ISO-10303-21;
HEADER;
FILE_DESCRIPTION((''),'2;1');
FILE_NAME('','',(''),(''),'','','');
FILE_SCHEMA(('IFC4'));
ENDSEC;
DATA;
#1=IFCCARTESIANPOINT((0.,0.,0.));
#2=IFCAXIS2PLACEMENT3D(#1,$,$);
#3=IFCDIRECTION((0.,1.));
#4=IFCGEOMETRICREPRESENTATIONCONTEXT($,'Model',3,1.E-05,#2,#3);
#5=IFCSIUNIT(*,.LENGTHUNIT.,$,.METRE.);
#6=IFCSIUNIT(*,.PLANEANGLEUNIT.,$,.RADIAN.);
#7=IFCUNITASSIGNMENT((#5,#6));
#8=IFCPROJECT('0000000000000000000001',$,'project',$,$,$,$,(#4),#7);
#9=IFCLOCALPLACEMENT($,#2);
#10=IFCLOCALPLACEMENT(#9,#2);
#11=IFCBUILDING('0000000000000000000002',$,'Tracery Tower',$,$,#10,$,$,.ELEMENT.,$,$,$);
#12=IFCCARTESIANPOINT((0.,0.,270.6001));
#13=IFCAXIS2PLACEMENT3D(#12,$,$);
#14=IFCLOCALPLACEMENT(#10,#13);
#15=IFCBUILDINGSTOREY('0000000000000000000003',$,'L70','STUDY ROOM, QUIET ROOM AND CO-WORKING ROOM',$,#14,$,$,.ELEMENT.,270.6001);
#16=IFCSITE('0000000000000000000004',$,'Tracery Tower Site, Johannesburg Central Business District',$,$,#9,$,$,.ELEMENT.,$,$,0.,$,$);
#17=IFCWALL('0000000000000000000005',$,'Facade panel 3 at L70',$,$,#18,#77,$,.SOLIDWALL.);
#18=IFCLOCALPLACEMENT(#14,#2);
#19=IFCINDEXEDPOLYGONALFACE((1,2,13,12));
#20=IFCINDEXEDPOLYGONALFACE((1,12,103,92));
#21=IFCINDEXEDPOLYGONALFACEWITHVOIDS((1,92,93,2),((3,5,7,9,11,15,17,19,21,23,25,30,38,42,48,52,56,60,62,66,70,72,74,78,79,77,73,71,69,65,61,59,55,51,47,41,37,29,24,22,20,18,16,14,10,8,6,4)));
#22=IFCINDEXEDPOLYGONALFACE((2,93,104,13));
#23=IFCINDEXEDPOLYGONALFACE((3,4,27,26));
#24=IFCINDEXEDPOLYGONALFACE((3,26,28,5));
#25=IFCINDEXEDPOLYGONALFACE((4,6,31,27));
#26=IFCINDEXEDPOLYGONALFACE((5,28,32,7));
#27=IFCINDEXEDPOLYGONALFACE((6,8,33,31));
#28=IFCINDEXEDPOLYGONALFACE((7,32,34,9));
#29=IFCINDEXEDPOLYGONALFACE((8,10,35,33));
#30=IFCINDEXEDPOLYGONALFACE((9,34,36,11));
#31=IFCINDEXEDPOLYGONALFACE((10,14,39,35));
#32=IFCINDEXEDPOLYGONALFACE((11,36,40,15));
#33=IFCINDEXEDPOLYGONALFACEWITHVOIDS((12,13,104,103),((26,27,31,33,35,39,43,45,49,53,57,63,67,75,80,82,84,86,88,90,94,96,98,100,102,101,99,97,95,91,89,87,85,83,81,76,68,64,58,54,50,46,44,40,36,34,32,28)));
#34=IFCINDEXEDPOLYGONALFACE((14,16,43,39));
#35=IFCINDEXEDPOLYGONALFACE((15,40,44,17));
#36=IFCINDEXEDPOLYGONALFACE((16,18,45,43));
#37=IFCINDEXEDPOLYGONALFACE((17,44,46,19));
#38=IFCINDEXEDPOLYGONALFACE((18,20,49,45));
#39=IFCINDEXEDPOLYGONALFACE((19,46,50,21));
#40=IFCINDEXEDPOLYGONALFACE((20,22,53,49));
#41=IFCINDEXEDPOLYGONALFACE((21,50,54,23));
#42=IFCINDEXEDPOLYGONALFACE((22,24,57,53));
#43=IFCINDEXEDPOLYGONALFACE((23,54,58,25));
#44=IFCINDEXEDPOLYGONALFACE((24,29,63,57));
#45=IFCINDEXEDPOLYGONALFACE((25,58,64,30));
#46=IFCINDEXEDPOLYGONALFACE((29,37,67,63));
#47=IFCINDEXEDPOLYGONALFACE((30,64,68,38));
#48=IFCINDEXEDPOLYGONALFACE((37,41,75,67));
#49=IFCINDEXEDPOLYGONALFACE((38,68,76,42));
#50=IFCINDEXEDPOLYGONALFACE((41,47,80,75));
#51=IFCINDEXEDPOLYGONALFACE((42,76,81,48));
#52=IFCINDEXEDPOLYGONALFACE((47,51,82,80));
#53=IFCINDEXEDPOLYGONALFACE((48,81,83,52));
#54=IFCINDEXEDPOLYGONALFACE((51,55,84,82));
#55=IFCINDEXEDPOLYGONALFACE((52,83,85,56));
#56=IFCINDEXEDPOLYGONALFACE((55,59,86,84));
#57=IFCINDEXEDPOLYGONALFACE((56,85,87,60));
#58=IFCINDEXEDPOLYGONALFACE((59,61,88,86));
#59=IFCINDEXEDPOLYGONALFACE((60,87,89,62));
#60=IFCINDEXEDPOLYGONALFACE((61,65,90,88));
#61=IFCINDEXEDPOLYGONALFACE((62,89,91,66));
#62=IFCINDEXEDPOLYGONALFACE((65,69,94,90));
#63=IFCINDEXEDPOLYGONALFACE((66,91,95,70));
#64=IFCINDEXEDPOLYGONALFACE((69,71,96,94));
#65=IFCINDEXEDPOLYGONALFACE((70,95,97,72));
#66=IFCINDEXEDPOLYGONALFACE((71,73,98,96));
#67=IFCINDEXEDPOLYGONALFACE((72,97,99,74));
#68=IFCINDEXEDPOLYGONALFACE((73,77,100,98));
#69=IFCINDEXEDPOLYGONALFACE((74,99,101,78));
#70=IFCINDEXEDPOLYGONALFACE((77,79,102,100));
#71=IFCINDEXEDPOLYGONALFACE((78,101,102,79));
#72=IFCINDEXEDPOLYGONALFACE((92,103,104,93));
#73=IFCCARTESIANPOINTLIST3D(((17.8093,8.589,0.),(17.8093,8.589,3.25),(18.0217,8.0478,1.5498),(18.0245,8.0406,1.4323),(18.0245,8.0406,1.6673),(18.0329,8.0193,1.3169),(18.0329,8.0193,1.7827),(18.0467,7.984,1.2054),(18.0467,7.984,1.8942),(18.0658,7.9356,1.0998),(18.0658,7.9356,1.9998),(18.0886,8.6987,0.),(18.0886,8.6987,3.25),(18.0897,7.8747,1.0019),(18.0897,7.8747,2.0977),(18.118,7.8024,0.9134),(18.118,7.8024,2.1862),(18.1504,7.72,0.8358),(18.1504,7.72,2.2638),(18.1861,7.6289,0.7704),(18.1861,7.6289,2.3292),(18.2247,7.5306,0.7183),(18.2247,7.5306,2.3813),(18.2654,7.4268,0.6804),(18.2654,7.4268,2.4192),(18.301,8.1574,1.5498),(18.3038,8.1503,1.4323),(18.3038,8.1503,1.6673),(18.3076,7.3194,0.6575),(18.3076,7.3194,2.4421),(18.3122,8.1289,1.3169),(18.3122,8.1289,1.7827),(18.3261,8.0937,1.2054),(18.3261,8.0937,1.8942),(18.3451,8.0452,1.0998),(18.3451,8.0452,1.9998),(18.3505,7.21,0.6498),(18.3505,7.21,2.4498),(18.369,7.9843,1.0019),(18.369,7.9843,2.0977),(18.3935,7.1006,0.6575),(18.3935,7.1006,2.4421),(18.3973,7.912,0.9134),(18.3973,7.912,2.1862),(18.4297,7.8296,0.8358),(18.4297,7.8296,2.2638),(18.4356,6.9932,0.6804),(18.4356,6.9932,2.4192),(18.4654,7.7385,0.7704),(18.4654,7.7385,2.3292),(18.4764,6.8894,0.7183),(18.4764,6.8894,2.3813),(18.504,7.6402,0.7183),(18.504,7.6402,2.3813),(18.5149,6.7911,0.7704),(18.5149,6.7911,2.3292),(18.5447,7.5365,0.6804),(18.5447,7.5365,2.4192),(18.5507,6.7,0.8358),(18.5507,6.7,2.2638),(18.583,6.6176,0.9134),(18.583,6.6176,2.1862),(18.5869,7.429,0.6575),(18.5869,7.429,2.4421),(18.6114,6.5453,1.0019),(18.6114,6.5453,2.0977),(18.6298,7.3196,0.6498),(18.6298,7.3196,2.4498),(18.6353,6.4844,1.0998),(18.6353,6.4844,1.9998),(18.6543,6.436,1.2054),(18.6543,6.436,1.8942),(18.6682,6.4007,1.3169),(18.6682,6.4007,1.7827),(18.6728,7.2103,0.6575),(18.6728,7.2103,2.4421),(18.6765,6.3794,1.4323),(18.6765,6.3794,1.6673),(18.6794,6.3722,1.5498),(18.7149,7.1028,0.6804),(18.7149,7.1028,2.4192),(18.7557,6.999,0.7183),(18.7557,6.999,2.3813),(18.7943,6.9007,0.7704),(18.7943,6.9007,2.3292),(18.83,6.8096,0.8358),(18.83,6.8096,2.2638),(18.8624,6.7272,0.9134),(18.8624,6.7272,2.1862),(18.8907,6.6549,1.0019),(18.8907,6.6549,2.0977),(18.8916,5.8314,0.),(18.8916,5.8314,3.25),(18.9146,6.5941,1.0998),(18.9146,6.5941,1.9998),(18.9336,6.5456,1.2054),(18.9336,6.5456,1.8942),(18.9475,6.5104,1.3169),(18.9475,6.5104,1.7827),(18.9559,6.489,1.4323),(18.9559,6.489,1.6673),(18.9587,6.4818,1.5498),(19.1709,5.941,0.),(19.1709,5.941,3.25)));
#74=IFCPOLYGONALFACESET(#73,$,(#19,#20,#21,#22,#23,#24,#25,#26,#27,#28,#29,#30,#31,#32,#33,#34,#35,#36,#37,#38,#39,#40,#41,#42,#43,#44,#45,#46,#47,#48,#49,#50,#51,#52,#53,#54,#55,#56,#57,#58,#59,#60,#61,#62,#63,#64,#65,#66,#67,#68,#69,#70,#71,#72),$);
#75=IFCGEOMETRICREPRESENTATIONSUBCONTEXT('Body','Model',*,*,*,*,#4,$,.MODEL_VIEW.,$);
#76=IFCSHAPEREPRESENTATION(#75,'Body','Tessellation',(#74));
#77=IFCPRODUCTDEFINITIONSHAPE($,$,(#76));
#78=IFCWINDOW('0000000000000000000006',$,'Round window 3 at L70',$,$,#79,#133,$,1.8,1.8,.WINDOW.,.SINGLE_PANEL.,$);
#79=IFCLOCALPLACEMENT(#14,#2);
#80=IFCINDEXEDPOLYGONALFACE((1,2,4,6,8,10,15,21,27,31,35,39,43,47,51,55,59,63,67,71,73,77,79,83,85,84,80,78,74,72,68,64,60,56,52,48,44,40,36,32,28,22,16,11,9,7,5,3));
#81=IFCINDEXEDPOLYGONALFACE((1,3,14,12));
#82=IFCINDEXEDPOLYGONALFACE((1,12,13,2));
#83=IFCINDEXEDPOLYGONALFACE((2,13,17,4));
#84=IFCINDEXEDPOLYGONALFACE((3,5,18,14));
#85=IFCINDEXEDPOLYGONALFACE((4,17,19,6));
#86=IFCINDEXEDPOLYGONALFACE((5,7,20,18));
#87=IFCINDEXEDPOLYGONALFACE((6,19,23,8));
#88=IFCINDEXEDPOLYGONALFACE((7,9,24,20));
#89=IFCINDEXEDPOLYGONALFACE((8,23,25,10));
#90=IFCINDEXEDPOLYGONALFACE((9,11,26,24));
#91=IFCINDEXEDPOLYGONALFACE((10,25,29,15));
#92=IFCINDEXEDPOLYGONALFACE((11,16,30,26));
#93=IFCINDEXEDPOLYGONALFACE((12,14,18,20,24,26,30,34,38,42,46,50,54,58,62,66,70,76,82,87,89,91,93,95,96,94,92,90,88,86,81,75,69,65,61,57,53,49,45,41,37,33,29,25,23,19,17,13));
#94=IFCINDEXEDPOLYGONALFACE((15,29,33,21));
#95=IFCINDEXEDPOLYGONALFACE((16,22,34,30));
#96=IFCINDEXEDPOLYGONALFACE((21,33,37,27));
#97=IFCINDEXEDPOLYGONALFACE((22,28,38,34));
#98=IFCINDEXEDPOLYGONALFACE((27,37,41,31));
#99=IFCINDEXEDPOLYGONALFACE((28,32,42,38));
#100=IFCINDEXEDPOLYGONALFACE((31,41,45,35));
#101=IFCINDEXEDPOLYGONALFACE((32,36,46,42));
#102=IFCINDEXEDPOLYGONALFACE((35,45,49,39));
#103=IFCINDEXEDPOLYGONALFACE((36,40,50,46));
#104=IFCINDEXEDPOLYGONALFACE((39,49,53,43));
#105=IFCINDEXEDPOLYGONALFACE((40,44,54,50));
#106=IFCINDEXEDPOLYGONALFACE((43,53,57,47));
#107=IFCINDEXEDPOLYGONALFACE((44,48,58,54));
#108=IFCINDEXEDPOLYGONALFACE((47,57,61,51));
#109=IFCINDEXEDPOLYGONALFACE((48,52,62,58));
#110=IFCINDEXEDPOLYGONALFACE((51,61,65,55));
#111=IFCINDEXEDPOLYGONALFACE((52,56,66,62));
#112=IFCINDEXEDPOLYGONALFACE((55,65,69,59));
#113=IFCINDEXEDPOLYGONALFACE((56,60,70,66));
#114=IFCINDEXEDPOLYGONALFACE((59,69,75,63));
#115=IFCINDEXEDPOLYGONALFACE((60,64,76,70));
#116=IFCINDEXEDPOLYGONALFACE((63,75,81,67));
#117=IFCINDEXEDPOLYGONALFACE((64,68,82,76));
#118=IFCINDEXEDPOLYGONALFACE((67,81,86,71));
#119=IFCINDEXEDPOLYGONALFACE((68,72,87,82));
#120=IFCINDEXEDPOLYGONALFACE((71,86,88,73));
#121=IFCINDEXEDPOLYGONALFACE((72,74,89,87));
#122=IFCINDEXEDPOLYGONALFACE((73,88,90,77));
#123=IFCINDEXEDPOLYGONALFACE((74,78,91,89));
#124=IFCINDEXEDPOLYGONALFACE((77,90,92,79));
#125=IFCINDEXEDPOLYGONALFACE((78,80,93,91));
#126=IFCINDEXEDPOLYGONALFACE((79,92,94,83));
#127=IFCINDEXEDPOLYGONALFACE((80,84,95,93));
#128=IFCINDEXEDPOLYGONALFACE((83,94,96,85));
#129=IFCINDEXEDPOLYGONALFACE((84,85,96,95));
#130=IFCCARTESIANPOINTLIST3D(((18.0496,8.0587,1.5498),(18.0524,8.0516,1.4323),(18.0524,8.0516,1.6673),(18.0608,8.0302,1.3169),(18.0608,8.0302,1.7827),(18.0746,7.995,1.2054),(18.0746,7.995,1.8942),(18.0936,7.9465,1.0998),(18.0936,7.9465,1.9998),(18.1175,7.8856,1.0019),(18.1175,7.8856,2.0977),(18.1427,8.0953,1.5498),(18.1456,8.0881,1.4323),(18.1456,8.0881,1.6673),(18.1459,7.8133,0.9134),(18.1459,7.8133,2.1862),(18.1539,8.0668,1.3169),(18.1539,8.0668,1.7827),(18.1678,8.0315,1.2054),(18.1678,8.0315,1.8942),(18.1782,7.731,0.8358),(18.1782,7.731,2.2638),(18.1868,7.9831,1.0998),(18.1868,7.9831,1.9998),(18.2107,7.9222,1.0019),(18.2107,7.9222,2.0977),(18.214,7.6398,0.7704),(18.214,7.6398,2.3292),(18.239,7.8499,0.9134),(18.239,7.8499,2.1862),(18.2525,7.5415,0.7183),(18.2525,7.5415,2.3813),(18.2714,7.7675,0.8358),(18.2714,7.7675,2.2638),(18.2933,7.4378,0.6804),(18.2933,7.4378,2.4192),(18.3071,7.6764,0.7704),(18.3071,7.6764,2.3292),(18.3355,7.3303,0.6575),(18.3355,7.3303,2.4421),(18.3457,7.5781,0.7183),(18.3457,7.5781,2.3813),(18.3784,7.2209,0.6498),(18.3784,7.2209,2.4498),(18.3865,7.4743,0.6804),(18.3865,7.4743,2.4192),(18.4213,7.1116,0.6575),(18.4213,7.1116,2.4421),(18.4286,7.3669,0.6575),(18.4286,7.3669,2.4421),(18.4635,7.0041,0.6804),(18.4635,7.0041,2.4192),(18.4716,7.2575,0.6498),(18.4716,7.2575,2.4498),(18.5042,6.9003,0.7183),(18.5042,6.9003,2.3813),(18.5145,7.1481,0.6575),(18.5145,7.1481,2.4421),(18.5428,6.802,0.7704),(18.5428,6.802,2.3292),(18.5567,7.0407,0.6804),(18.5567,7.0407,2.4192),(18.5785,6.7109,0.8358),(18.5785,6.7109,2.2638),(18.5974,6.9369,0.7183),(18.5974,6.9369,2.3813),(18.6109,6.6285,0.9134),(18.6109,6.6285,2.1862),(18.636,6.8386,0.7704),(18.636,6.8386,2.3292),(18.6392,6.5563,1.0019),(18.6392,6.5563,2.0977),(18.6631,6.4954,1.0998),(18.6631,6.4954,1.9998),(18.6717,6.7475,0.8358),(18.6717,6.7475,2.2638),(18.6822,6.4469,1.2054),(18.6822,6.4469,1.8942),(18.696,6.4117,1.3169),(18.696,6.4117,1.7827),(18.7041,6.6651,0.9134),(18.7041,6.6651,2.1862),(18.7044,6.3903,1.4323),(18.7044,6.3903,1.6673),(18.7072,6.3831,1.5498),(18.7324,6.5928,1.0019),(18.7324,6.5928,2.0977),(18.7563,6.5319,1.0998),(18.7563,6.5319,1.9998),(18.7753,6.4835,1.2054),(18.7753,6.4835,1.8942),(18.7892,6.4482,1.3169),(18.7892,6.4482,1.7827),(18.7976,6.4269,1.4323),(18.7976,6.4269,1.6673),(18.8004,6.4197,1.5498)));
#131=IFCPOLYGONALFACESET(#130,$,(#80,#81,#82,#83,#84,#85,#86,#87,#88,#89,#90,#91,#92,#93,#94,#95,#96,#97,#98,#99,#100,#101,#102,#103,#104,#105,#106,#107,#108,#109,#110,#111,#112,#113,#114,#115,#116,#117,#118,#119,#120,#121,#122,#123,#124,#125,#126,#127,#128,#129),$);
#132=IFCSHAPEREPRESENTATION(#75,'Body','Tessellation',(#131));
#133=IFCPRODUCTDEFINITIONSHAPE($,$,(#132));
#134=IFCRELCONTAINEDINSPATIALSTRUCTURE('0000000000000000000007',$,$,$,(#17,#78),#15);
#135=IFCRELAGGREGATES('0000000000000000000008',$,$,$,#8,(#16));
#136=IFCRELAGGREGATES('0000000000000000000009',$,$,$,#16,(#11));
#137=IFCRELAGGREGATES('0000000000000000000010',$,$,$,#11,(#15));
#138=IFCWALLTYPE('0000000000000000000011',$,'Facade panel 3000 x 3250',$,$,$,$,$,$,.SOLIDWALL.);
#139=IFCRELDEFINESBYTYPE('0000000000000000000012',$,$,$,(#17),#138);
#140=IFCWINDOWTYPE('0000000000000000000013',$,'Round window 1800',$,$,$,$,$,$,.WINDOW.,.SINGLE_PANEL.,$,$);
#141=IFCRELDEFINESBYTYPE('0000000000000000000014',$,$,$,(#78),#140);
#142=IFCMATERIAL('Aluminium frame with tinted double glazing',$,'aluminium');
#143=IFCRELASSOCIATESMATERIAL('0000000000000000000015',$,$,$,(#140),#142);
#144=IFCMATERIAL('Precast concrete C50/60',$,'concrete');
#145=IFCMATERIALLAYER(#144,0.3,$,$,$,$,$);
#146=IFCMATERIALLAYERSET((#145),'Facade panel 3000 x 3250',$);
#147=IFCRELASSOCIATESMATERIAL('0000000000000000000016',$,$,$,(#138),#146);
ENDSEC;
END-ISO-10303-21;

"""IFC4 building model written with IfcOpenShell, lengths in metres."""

from ifc_helpers import new_model, si_unit, direction, frame, frame_2d, origin, origin_2d, place, context, subcontext, project, spatial, rectangle, circle, extrude, material, layer, layer_set, type_object, element, fill, save


model = new_model("IFC4")

# Units and contexts
model_context = context("Model", 3, precision=1e-05, world=origin(), true_north=direction((0.0, 1.0)))
body_context = subcontext(model_context, "Body", "Model", "MODEL_VIEW")
ifc_project = project(units=[si_unit("LENGTHUNIT", "METRE"), si_unit("PLANEANGLEUNIT", "RADIAN")], contexts=[model_context])

# Site, building, storey
site_placement = place(None, origin())
site = spatial("IfcSite", under=ifc_project, at=site_placement, Name="Tracery Tower Site, Johannesburg Central Business District", CompositionType="ELEMENT", RefElevation=0.0)
building_placement = place(site_placement, origin())
building = spatial("IfcBuilding", under=site, at=building_placement, Name="Tracery Tower", CompositionType="ELEMENT")
storey_placement = place(building_placement, frame((0.0, 0.0, 270.6001)))
storey = spatial("IfcBuildingStorey", under=building, at=storey_placement, Name="L70", Description="STUDY ROOM, QUIET ROOM AND CO-WORKING ROOM", CompositionType="ELEMENT", Elevation=270.6001)

# Wall, opening, window
ifc_material_1 = material(Name="Aluminium frame with tinted double glazing", Category="aluminium")
window_type = type_object("IfcWindowType", Name="Round window 1800", PartitioningType="SINGLE_PANEL", PredefinedType="WINDOW", material=ifc_material_1)
ifc_material_2 = material(Name="Precast concrete C50/60", Category="concrete")
ifc_layer_1 = layer(ifc_material_2, 0.3)
ifc_layer_set_1 = layer_set([ifc_layer_1], Name="Facade panel 3000 x 3250")
wall_type_1 = type_object("IfcWallType", Name="Facade panel 3000 x 3250", PredefinedType="SOLIDWALL", material=ifc_layer_set_1)
wall_1_placement = place(storey_placement, frame((19.0312, 5.8862, 0.0), z_axis=(0.0, 0.0, 1.0), x_axis=(-0.365344, 0.930873, 0.0)))
wall_1 = element("IfcWall", 1, at=wall_1_placement, inside=storey, type_object=wall_type_1, Name="Facade panel 3 at L70", PredefinedType="SOLIDWALL", context=body_context, shape_type="SweptSolid", body=[
    extrude(rectangle(XDim=2.9624, YDim=0.3, at=frame_2d((1.4812, 0.0))), origin(), (0.0, 0.0, 1.0), 3.25),
])
opening_1_placement = place(wall_1_placement, frame((1.481, 0.0, 1.5498)))
opening_1 = element("IfcOpeningElement", 2, at=opening_1_placement, cuts=wall_1, PredefinedType="OPENING", context=body_context, shape_type="SweptSolid", body=[
    extrude(circle(Radius=0.9, at=origin_2d()), frame((0.0, 0.1599, 0.0), z_axis=(0.0, -1.0, 0.0), x_axis=(1.0, 0.0, 0.0)), (0.0, 0.0, 1.0), 0.3201),
])
window_1_placement = place(opening_1_placement, origin())
window_1 = element("IfcWindow", 3, at=window_1_placement, inside=storey, type_object=window_type, Name="Round window 3 at L70", OverallHeight=1.8, OverallWidth=1.8, PartitioningType="SINGLE_PANEL", PredefinedType="WINDOW", context=body_context, shape_type="SweptSolid", body=[
    extrude(circle(Radius=0.9, at=origin_2d()), frame((0.0, 0.1201, 0.0), z_axis=(0.0, -1.0, 0.0), x_axis=(1.0, 0.0, 0.0)), (0.0, 0.0, 1.0), 0.1001),
])
fill(opening_1, window_1)

save(model, "model.ifc")
